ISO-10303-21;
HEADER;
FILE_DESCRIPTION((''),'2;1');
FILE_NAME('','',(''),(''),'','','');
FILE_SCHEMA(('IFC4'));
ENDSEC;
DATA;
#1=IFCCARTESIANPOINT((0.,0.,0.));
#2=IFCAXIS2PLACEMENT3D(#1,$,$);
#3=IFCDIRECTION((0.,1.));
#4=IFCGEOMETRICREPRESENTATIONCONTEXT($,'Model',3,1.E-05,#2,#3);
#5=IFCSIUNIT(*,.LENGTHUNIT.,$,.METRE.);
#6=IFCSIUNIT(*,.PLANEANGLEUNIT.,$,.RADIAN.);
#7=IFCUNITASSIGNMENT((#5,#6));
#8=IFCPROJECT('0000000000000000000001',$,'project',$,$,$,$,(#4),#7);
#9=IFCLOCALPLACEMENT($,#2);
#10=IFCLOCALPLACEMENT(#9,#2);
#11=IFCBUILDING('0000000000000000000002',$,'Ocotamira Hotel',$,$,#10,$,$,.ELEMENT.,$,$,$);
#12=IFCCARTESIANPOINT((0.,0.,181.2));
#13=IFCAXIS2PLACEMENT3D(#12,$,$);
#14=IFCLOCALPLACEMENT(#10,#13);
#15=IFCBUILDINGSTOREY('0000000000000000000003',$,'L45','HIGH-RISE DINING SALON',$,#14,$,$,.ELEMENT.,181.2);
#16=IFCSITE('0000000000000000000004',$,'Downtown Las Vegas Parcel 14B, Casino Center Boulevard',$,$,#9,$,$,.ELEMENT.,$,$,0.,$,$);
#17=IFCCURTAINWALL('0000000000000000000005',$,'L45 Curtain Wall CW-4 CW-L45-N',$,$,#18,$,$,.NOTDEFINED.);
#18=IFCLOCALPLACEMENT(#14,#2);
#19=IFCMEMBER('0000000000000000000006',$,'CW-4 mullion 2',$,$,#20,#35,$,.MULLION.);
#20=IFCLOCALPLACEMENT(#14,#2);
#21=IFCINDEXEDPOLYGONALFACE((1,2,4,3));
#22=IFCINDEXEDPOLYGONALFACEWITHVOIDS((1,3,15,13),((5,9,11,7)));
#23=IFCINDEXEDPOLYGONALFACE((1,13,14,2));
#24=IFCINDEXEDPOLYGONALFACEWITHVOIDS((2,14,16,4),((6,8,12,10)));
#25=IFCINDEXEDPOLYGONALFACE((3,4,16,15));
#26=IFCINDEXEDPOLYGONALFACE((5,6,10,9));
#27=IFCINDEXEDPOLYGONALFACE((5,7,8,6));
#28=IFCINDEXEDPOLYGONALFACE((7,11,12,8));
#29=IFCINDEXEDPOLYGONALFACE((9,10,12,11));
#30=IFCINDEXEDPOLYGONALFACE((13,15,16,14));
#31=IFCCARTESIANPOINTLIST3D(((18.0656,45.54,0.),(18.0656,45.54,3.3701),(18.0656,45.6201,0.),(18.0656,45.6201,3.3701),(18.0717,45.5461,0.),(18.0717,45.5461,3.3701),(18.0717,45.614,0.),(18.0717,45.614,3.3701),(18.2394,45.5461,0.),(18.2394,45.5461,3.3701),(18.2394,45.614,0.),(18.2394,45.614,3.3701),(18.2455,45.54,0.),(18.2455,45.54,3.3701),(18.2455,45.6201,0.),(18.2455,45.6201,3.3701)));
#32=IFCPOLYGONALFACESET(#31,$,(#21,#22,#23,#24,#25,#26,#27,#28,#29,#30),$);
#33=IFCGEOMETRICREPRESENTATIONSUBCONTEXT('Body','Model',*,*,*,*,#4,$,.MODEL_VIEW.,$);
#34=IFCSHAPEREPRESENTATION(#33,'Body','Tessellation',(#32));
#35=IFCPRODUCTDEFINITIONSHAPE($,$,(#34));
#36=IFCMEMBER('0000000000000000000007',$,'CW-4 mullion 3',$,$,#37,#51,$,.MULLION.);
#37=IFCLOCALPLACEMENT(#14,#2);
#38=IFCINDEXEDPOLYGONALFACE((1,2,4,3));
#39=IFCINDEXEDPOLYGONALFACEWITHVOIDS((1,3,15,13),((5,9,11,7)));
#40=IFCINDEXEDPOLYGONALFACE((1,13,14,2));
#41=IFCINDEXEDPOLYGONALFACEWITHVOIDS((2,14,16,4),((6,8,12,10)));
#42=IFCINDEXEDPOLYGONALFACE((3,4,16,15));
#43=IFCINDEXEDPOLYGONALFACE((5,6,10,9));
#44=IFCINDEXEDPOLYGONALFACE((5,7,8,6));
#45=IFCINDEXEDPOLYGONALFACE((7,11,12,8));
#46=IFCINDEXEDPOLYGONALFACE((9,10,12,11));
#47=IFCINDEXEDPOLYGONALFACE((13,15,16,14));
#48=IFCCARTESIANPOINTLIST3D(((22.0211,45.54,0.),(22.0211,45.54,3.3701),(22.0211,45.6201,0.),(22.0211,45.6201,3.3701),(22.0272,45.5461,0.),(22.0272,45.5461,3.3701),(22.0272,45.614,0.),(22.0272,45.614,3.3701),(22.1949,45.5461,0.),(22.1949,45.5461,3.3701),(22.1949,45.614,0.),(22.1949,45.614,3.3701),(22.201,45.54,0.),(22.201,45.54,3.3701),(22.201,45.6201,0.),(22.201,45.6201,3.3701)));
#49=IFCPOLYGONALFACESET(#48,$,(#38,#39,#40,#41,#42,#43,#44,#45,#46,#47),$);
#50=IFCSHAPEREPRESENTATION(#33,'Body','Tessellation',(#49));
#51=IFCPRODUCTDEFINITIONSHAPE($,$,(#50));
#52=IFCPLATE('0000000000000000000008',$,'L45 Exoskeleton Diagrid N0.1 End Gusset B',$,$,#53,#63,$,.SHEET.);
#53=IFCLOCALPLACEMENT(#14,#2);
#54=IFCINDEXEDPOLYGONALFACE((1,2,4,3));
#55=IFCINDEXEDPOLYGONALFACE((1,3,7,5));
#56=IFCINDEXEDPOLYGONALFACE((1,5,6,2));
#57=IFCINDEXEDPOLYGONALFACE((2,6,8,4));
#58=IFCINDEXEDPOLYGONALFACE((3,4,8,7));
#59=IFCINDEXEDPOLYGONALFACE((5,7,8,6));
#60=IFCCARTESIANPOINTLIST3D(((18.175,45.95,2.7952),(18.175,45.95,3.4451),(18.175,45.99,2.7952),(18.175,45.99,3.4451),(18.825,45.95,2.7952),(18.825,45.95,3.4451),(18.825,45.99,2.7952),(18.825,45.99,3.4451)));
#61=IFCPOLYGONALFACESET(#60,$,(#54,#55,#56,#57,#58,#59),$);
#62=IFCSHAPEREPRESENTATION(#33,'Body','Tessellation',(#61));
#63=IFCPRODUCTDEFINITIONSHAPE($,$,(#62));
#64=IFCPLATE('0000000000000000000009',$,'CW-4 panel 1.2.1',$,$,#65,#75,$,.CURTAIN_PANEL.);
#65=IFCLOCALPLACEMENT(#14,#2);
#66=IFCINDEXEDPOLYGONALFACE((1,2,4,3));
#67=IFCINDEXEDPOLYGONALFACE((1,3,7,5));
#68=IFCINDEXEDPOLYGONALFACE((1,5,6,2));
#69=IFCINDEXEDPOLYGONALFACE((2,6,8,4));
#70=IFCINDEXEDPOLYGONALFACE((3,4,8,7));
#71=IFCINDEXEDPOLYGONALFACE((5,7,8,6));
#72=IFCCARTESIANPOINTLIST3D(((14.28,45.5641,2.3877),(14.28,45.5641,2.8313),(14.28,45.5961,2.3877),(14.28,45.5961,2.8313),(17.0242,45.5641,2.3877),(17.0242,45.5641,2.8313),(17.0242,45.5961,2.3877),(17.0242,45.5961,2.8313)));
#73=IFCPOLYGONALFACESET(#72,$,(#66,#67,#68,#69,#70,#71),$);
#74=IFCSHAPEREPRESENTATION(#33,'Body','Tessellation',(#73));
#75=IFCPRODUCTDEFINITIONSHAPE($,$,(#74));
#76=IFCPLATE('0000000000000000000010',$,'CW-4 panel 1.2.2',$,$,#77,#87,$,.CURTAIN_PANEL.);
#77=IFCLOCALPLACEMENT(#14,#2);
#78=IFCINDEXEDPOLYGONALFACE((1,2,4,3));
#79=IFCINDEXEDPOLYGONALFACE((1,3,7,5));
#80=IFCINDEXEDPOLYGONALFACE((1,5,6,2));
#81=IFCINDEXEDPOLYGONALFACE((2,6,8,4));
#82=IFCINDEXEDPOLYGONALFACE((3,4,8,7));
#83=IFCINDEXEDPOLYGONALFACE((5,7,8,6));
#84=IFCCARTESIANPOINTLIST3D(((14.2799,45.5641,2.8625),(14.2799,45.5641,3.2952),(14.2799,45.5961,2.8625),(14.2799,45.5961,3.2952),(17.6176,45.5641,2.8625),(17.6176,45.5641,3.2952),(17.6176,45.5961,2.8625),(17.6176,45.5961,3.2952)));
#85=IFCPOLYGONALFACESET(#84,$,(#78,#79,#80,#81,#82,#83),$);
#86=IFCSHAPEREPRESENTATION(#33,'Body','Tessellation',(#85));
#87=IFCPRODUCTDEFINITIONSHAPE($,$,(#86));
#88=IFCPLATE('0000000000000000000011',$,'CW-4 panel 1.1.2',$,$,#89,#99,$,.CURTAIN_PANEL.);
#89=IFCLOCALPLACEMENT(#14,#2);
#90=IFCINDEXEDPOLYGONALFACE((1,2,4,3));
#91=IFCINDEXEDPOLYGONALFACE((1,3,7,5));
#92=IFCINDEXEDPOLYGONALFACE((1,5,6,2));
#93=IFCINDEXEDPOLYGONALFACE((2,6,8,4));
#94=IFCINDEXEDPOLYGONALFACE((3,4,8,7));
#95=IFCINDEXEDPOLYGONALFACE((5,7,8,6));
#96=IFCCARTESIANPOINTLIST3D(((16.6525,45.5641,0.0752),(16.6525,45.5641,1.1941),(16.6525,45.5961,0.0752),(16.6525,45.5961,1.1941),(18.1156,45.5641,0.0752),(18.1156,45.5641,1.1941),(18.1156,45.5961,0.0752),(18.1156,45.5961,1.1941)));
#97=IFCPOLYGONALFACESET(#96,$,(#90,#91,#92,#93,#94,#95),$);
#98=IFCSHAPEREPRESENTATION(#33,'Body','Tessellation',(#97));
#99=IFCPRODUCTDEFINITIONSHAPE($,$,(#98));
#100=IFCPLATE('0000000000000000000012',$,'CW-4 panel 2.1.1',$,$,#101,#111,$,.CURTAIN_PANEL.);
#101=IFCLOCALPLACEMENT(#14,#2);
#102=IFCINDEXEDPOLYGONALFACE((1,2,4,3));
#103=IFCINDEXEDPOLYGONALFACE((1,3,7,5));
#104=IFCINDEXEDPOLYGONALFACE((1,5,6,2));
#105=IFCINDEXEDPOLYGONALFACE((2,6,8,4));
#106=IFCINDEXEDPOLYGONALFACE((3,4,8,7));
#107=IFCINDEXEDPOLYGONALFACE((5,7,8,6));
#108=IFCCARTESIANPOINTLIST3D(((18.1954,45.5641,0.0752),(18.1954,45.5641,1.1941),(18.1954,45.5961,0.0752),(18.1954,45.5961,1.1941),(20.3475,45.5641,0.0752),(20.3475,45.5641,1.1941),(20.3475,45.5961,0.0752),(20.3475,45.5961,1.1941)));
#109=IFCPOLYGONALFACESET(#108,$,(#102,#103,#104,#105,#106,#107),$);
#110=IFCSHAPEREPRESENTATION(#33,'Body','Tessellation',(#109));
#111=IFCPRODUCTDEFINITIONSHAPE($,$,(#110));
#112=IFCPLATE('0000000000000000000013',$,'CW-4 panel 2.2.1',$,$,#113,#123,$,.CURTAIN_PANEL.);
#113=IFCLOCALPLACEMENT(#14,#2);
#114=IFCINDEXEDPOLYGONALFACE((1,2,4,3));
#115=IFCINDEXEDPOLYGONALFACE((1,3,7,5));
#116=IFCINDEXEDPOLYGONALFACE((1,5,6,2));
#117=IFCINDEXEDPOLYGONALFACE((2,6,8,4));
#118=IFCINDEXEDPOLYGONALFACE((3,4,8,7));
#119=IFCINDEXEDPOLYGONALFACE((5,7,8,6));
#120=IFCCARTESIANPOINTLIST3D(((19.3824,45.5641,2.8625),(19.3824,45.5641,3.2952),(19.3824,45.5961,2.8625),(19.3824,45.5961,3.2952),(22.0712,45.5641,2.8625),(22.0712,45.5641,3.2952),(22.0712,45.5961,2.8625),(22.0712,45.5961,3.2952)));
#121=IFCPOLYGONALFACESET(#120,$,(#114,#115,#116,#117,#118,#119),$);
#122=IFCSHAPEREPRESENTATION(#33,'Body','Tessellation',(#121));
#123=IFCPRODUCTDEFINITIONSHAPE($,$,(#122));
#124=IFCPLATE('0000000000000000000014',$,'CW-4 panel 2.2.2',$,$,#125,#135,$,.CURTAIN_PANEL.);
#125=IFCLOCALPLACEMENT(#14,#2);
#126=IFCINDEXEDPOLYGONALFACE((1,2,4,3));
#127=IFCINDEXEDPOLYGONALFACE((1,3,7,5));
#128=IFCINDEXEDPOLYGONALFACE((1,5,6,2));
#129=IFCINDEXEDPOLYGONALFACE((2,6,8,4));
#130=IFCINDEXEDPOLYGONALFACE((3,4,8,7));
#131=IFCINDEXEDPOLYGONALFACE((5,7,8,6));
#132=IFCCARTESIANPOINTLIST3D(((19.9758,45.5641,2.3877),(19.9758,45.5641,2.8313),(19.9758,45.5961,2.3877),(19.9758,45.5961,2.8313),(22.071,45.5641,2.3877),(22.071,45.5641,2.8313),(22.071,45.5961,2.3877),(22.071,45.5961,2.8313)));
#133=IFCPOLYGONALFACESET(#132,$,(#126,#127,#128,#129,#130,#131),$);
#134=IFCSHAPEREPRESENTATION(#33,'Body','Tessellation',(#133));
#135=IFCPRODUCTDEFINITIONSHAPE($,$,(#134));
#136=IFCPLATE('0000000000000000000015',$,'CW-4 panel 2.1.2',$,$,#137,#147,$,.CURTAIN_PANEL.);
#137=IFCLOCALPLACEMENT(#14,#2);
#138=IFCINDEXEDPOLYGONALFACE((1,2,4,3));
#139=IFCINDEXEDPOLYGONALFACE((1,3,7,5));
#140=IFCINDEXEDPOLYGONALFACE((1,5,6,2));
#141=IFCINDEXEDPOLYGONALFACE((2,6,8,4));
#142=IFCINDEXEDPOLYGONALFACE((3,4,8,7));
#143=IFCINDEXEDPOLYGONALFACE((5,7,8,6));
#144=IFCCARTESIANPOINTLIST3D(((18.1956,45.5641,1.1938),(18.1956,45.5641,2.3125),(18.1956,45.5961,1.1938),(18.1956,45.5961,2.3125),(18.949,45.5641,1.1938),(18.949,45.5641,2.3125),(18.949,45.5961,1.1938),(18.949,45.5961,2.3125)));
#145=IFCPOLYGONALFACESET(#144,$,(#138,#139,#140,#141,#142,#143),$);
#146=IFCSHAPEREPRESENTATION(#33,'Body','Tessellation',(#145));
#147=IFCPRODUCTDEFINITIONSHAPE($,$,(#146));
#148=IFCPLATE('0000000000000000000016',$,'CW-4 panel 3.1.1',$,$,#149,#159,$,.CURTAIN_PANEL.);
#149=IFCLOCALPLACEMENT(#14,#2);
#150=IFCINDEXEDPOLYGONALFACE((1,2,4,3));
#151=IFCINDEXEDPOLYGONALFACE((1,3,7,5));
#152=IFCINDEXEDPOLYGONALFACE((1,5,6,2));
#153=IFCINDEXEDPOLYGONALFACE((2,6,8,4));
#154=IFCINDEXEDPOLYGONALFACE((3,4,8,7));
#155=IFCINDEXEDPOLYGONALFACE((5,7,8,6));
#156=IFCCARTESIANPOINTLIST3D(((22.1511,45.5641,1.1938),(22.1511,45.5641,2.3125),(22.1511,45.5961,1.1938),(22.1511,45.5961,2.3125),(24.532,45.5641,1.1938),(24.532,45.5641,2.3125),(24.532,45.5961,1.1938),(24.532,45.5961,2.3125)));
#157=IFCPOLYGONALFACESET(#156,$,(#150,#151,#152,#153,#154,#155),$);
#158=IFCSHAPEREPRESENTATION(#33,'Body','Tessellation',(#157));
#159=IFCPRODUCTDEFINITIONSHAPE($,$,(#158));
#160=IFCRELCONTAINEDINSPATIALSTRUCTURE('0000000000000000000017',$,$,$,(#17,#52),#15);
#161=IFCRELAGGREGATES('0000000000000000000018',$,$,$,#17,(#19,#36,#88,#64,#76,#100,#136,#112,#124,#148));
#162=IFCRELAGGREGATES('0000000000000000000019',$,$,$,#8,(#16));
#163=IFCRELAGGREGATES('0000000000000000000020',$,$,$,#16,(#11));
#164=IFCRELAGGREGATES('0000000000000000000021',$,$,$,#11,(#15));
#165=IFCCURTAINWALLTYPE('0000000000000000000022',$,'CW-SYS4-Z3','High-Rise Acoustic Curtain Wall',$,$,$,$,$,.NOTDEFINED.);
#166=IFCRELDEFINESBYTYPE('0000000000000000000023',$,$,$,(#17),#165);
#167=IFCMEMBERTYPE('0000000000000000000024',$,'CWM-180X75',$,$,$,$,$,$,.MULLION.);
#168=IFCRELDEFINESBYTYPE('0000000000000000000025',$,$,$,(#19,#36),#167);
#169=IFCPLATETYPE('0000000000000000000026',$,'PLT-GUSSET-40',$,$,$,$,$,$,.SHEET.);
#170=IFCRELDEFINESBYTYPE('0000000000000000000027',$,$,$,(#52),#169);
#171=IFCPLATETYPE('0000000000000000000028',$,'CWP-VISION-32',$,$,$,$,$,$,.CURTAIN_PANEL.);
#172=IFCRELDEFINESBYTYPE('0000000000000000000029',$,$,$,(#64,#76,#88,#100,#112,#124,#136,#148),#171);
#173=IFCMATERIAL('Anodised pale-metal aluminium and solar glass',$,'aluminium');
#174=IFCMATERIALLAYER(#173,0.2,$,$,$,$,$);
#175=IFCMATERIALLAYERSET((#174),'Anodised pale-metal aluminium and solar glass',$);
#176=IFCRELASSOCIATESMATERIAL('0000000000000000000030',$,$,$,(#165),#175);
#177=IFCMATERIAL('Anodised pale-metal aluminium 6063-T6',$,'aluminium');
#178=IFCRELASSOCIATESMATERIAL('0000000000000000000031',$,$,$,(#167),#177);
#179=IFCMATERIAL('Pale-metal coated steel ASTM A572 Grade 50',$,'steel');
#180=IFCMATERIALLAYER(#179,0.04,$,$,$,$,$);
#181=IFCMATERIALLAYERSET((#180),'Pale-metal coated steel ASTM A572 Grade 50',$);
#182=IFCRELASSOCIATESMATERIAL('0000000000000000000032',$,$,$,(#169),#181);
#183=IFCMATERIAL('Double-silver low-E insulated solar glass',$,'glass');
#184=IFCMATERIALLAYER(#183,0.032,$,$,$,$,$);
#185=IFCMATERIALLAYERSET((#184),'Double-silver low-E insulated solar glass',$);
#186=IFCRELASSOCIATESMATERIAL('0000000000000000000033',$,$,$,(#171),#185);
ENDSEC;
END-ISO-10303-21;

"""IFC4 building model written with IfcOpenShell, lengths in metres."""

from ifc_helpers import new_model, si_unit, direction, frame, origin, origin_2d, place, context, subcontext, project, spatial, rectangle, hollow_rectangle, extrude, source, transform, mapped, material, layer, layer_set, material_profile, profile_set, type_object, element, aggregate, save


model = new_model("IFC4")

# Units and contexts
model_context = context("Model", 3, precision=1e-05, world=origin(), true_north=direction((0.0, 1.0)))
body_context = subcontext(model_context, "Body", "Model", "MODEL_VIEW")
ifc_project = project(units=[si_unit("LENGTHUNIT", "METRE"), si_unit("PLANEANGLEUNIT", "RADIAN")], contexts=[model_context])

# Site, building, storey
site_placement = place(None, origin())
site = spatial("IfcSite", under=ifc_project, at=site_placement, Name="Downtown Las Vegas Parcel 14B, Casino Center Boulevard", CompositionType="ELEMENT", RefElevation=0.0)
building_placement = place(site_placement, origin())
building = spatial("IfcBuilding", under=site, at=building_placement, Name="Ocotamira Hotel", CompositionType="ELEMENT")
storey_placement = place(building_placement, frame((0.0, 0.0, 181.2)))
storey = spatial("IfcBuildingStorey", under=building, at=storey_placement, Name="L45", Description="HIGH-RISE DINING SALON", CompositionType="ELEMENT", Elevation=181.2)

# Curtain wall, members
ifc_material_1 = material(Name="Anodised pale-metal aluminium and solar glass", Category="aluminium")
ifc_layer_1 = layer(ifc_material_1, 0.2)
ifc_layer_set_1 = layer_set([ifc_layer_1], Name="Anodised pale-metal aluminium and solar glass")
curtain_wall_type = type_object("IfcCurtainWallType", Name="CW-SYS4-Z3", Description="High-Rise Acoustic Curtain Wall", PredefinedType="NOTDEFINED", material=ifc_layer_set_1)
curtain_wall_placement = place(storey_placement, origin())
curtain_wall = element("IfcCurtainWall", 1, at=curtain_wall_placement, inside=storey, type_object=curtain_wall_type, Name="L45 Curtain Wall CW-4 CW-L45-N", PredefinedType="NOTDEFINED")
ifc_material_2 = material(Name="Anodised pale-metal aluminium 6063-T6", Category="aluminium")
ifc_material_profile_1 = material_profile(ifc_material_2, hollow_rectangle(XDim=0.0801, YDim=0.1799, WallThickness=0.0061, at=origin_2d()), Name="HSS180X80X6")
ifc_profile_set_1 = profile_set([ifc_material_profile_1], Name="Anodised pale-metal aluminium 6063-T6")
member_type_1 = type_object("IfcMemberType", Name="CWM-180X75", PredefinedType="MULLION", material=ifc_profile_set_1)
shared_shape_1 = source(origin(), body_context, "Body", "SweptSolid", [
    extrude(hollow_rectangle(XDim=0.0801, YDim=0.1799, WallThickness=0.0061, at=origin_2d()), origin(), (0.0, 0.0, 1.0), 3.3701),
])
member_1_placement = place(storey_placement, frame((18.1555, 45.5801, 0.0), z_axis=(0.0, 0.0, 1.0), x_axis=(0.0, 1.0, 0.0)))
member_1 = element("IfcMember", 2, at=member_1_placement, type_object=member_type_1, Name="CW-4 mullion 2", PredefinedType="MULLION", context=body_context, shape_type="MappedRepresentation", body=[
    mapped(shared_shape_1, transform((0.0, 0.0, 0.0), scale=1.0)),
])
member_2_placement = place(storey_placement, frame((22.1111, 45.5801, 0.0), z_axis=(0.0, 0.0, 1.0), x_axis=(0.0, 1.0, 0.0)))
member_2 = element("IfcMember", 3, at=member_2_placement, type_object=member_type_1, Name="CW-4 mullion 3", PredefinedType="MULLION", context=body_context, shape_type="MappedRepresentation", body=[
    mapped(shared_shape_1, transform((0.0, 0.0, 0.0), scale=1.0)),
])

# Plates
ifc_material_3 = material(Name="Pale-metal coated steel ASTM A572 Grade 50", Category="steel")
ifc_layer_2 = layer(ifc_material_3, 0.04)
ifc_layer_set_2 = layer_set([ifc_layer_2], Name="Pale-metal coated steel ASTM A572 Grade 50")
plate_type_1 = type_object("IfcPlateType", Name="PLT-GUSSET-40", PredefinedType="SHEET", material=ifc_layer_set_2)
shared_shape_2 = source(origin(), body_context, "Body", "SweptSolid", [
    extrude(rectangle(XDim=0.6499, YDim=0.04, at=origin_2d()), origin(), (0.0, 0.0, 1.0), 0.6499),
])
plate_1_placement = place(storey_placement, frame((18.5, 45.97, 2.7952), z_axis=(0.0, 0.0, 1.0), x_axis=(1.0, 0.0, 0.0)))
element("IfcPlate", 4, at=plate_1_placement, inside=storey, type_object=plate_type_1, Name="L45 Exoskeleton Diagrid N0.1 End Gusset B", PredefinedType="SHEET", context=body_context, shape_type="MappedRepresentation", body=[
    mapped(shared_shape_2, transform((0.0, 0.0, 0.0), scale=1.0)),
])
ifc_material_4 = material(Name="Double-silver low-E insulated solar glass", Category="glass")
ifc_layer_3 = layer(ifc_material_4, 0.032)
ifc_layer_set_3 = layer_set([ifc_layer_3], Name="Double-silver low-E insulated solar glass")
plate_type_2 = type_object("IfcPlateType", Name="CWP-VISION-32", PredefinedType="CURTAIN_PANEL", material=ifc_layer_set_3)
shared_shape_3 = source(origin(), body_context, "Body", "SweptSolid", [
    extrude(rectangle(XDim=2.7441, YDim=0.032, at=origin_2d()), origin(), (0.0, 0.0, 1.0), 0.4436),
])
plate_2_placement = place(storey_placement, frame((15.6521, 45.5801, 2.3877), z_axis=(0.0, 0.0, 1.0), x_axis=(1.0, 0.0, 0.0)))
plate_2 = element("IfcPlate", 5, at=plate_2_placement, type_object=plate_type_2, Name="CW-4 panel 1.2.1", PredefinedType="CURTAIN_PANEL", context=body_context, shape_type="MappedRepresentation", body=[
    mapped(shared_shape_3, transform((0.0, 0.0, 0.0), scale=1.0)),
])
shared_shape_4 = source(origin(), body_context, "Body", "SweptSolid", [
    extrude(rectangle(XDim=3.3376, YDim=0.032, at=origin_2d()), origin(), (0.0, 0.0, 1.0), 0.4326),
])
plate_3_placement = place(storey_placement, frame((15.9487, 45.5801, 2.8625), z_axis=(0.0, 0.0, 1.0), x_axis=(1.0, 0.0, 0.0)))
plate_3 = element("IfcPlate", 6, at=plate_3_placement, type_object=plate_type_2, Name="CW-4 panel 1.2.2", PredefinedType="CURTAIN_PANEL", context=body_context, shape_type="MappedRepresentation", body=[
    mapped(shared_shape_4, transform((0.0, 0.0, 0.0), scale=1.0)),
])
shared_shape_5 = source(origin(), body_context, "Body", "SweptSolid", [
    extrude(rectangle(XDim=1.4631, YDim=0.032, at=origin_2d()), origin(), (0.0, 0.0, 1.0), 1.1189),
])
plate_4_placement = place(storey_placement, frame((17.384, 45.5801, 0.0752), z_axis=(0.0, 0.0, 1.0), x_axis=(1.0, 0.0, 0.0)))
plate_4 = element("IfcPlate", 7, at=plate_4_placement, type_object=plate_type_2, Name="CW-4 panel 1.1.2", PredefinedType="CURTAIN_PANEL", context=body_context, shape_type="MappedRepresentation", body=[
    mapped(shared_shape_5, transform((0.0, 0.0, 0.0), scale=1.0)),
])
shared_shape_6 = source(origin(), body_context, "Body", "SweptSolid", [
    extrude(rectangle(XDim=2.1521, YDim=0.032, at=origin_2d()), origin(), (0.0, 0.0, 1.0), 1.1189),
])
plate_5_placement = place(storey_placement, frame((19.2715, 45.5801, 0.0752), z_axis=(0.0, 0.0, 1.0), x_axis=(1.0, 0.0, 0.0)))
plate_5 = element("IfcPlate", 8, at=plate_5_placement, type_object=plate_type_2, Name="CW-4 panel 2.1.1", PredefinedType="CURTAIN_PANEL", context=body_context, shape_type="MappedRepresentation", body=[
    mapped(shared_shape_6, transform((0.0, 0.0, 0.0), scale=1.0)),
])
shared_shape_7 = source(origin(), body_context, "Body", "SweptSolid", [
    extrude(rectangle(XDim=2.6887, YDim=0.032, at=origin_2d()), origin(), (0.0, 0.0, 1.0), 0.4326),
])
plate_6_placement = place(storey_placement, frame((20.7268, 45.5801, 2.8625), z_axis=(0.0, 0.0, 1.0), x_axis=(1.0, 0.0, 0.0)))
plate_6 = element("IfcPlate", 9, at=plate_6_placement, type_object=plate_type_2, Name="CW-4 panel 2.2.1", PredefinedType="CURTAIN_PANEL", context=body_context, shape_type="MappedRepresentation", body=[
    mapped(shared_shape_7, transform((0.0, 0.0, 0.0), scale=1.0)),
])
shared_shape_8 = source(origin(), body_context, "Body", "SweptSolid", [
    extrude(rectangle(XDim=2.0952, YDim=0.032, at=origin_2d()), origin(), (0.0, 0.0, 1.0), 0.4436),
])
plate_7_placement = place(storey_placement, frame((21.0234, 45.5801, 2.3877), z_axis=(0.0, 0.0, 1.0), x_axis=(1.0, 0.0, 0.0)))
plate_7 = element("IfcPlate", 10, at=plate_7_placement, type_object=plate_type_2, Name="CW-4 panel 2.2.2", PredefinedType="CURTAIN_PANEL", context=body_context, shape_type="MappedRepresentation", body=[
    mapped(shared_shape_8, transform((0.0, 0.0, 0.0), scale=1.0)),
])
shared_shape_9 = source(origin(), body_context, "Body", "SweptSolid", [
    extrude(rectangle(XDim=0.7534, YDim=0.032, at=origin_2d()), origin(), (0.0, 0.0, 1.0), 1.1187),
])
plate_8_placement = place(storey_placement, frame((18.5723, 45.5801, 1.1938), z_axis=(0.0, 0.0, 1.0), x_axis=(1.0, 0.0, 0.0)))
plate_8 = element("IfcPlate", 11, at=plate_8_placement, type_object=plate_type_2, Name="CW-4 panel 2.1.2", PredefinedType="CURTAIN_PANEL", context=body_context, shape_type="MappedRepresentation", body=[
    mapped(shared_shape_9, transform((0.0, 0.0, 0.0), scale=1.0)),
])
shared_shape_10 = source(origin(), body_context, "Body", "SweptSolid", [
    extrude(rectangle(XDim=2.3809, YDim=0.032, at=origin_2d()), origin(), (0.0, 0.0, 1.0), 1.1187),
])
plate_9_placement = place(storey_placement, frame((23.3416, 45.5801, 1.1938), z_axis=(0.0, 0.0, 1.0), x_axis=(1.0, 0.0, 0.0)))
plate_9 = element("IfcPlate", 12, at=plate_9_placement, type_object=plate_type_2, Name="CW-4 panel 3.1.1", PredefinedType="CURTAIN_PANEL", context=body_context, shape_type="MappedRepresentation", body=[
    mapped(shared_shape_10, transform((0.0, 0.0, 0.0), scale=1.0)),
])
aggregate(curtain_wall, [member_1, member_2, plate_4, plate_2, plate_3, plate_5, plate_8, plate_6, plate_7, plate_9])

save(model, "model.ifc")
